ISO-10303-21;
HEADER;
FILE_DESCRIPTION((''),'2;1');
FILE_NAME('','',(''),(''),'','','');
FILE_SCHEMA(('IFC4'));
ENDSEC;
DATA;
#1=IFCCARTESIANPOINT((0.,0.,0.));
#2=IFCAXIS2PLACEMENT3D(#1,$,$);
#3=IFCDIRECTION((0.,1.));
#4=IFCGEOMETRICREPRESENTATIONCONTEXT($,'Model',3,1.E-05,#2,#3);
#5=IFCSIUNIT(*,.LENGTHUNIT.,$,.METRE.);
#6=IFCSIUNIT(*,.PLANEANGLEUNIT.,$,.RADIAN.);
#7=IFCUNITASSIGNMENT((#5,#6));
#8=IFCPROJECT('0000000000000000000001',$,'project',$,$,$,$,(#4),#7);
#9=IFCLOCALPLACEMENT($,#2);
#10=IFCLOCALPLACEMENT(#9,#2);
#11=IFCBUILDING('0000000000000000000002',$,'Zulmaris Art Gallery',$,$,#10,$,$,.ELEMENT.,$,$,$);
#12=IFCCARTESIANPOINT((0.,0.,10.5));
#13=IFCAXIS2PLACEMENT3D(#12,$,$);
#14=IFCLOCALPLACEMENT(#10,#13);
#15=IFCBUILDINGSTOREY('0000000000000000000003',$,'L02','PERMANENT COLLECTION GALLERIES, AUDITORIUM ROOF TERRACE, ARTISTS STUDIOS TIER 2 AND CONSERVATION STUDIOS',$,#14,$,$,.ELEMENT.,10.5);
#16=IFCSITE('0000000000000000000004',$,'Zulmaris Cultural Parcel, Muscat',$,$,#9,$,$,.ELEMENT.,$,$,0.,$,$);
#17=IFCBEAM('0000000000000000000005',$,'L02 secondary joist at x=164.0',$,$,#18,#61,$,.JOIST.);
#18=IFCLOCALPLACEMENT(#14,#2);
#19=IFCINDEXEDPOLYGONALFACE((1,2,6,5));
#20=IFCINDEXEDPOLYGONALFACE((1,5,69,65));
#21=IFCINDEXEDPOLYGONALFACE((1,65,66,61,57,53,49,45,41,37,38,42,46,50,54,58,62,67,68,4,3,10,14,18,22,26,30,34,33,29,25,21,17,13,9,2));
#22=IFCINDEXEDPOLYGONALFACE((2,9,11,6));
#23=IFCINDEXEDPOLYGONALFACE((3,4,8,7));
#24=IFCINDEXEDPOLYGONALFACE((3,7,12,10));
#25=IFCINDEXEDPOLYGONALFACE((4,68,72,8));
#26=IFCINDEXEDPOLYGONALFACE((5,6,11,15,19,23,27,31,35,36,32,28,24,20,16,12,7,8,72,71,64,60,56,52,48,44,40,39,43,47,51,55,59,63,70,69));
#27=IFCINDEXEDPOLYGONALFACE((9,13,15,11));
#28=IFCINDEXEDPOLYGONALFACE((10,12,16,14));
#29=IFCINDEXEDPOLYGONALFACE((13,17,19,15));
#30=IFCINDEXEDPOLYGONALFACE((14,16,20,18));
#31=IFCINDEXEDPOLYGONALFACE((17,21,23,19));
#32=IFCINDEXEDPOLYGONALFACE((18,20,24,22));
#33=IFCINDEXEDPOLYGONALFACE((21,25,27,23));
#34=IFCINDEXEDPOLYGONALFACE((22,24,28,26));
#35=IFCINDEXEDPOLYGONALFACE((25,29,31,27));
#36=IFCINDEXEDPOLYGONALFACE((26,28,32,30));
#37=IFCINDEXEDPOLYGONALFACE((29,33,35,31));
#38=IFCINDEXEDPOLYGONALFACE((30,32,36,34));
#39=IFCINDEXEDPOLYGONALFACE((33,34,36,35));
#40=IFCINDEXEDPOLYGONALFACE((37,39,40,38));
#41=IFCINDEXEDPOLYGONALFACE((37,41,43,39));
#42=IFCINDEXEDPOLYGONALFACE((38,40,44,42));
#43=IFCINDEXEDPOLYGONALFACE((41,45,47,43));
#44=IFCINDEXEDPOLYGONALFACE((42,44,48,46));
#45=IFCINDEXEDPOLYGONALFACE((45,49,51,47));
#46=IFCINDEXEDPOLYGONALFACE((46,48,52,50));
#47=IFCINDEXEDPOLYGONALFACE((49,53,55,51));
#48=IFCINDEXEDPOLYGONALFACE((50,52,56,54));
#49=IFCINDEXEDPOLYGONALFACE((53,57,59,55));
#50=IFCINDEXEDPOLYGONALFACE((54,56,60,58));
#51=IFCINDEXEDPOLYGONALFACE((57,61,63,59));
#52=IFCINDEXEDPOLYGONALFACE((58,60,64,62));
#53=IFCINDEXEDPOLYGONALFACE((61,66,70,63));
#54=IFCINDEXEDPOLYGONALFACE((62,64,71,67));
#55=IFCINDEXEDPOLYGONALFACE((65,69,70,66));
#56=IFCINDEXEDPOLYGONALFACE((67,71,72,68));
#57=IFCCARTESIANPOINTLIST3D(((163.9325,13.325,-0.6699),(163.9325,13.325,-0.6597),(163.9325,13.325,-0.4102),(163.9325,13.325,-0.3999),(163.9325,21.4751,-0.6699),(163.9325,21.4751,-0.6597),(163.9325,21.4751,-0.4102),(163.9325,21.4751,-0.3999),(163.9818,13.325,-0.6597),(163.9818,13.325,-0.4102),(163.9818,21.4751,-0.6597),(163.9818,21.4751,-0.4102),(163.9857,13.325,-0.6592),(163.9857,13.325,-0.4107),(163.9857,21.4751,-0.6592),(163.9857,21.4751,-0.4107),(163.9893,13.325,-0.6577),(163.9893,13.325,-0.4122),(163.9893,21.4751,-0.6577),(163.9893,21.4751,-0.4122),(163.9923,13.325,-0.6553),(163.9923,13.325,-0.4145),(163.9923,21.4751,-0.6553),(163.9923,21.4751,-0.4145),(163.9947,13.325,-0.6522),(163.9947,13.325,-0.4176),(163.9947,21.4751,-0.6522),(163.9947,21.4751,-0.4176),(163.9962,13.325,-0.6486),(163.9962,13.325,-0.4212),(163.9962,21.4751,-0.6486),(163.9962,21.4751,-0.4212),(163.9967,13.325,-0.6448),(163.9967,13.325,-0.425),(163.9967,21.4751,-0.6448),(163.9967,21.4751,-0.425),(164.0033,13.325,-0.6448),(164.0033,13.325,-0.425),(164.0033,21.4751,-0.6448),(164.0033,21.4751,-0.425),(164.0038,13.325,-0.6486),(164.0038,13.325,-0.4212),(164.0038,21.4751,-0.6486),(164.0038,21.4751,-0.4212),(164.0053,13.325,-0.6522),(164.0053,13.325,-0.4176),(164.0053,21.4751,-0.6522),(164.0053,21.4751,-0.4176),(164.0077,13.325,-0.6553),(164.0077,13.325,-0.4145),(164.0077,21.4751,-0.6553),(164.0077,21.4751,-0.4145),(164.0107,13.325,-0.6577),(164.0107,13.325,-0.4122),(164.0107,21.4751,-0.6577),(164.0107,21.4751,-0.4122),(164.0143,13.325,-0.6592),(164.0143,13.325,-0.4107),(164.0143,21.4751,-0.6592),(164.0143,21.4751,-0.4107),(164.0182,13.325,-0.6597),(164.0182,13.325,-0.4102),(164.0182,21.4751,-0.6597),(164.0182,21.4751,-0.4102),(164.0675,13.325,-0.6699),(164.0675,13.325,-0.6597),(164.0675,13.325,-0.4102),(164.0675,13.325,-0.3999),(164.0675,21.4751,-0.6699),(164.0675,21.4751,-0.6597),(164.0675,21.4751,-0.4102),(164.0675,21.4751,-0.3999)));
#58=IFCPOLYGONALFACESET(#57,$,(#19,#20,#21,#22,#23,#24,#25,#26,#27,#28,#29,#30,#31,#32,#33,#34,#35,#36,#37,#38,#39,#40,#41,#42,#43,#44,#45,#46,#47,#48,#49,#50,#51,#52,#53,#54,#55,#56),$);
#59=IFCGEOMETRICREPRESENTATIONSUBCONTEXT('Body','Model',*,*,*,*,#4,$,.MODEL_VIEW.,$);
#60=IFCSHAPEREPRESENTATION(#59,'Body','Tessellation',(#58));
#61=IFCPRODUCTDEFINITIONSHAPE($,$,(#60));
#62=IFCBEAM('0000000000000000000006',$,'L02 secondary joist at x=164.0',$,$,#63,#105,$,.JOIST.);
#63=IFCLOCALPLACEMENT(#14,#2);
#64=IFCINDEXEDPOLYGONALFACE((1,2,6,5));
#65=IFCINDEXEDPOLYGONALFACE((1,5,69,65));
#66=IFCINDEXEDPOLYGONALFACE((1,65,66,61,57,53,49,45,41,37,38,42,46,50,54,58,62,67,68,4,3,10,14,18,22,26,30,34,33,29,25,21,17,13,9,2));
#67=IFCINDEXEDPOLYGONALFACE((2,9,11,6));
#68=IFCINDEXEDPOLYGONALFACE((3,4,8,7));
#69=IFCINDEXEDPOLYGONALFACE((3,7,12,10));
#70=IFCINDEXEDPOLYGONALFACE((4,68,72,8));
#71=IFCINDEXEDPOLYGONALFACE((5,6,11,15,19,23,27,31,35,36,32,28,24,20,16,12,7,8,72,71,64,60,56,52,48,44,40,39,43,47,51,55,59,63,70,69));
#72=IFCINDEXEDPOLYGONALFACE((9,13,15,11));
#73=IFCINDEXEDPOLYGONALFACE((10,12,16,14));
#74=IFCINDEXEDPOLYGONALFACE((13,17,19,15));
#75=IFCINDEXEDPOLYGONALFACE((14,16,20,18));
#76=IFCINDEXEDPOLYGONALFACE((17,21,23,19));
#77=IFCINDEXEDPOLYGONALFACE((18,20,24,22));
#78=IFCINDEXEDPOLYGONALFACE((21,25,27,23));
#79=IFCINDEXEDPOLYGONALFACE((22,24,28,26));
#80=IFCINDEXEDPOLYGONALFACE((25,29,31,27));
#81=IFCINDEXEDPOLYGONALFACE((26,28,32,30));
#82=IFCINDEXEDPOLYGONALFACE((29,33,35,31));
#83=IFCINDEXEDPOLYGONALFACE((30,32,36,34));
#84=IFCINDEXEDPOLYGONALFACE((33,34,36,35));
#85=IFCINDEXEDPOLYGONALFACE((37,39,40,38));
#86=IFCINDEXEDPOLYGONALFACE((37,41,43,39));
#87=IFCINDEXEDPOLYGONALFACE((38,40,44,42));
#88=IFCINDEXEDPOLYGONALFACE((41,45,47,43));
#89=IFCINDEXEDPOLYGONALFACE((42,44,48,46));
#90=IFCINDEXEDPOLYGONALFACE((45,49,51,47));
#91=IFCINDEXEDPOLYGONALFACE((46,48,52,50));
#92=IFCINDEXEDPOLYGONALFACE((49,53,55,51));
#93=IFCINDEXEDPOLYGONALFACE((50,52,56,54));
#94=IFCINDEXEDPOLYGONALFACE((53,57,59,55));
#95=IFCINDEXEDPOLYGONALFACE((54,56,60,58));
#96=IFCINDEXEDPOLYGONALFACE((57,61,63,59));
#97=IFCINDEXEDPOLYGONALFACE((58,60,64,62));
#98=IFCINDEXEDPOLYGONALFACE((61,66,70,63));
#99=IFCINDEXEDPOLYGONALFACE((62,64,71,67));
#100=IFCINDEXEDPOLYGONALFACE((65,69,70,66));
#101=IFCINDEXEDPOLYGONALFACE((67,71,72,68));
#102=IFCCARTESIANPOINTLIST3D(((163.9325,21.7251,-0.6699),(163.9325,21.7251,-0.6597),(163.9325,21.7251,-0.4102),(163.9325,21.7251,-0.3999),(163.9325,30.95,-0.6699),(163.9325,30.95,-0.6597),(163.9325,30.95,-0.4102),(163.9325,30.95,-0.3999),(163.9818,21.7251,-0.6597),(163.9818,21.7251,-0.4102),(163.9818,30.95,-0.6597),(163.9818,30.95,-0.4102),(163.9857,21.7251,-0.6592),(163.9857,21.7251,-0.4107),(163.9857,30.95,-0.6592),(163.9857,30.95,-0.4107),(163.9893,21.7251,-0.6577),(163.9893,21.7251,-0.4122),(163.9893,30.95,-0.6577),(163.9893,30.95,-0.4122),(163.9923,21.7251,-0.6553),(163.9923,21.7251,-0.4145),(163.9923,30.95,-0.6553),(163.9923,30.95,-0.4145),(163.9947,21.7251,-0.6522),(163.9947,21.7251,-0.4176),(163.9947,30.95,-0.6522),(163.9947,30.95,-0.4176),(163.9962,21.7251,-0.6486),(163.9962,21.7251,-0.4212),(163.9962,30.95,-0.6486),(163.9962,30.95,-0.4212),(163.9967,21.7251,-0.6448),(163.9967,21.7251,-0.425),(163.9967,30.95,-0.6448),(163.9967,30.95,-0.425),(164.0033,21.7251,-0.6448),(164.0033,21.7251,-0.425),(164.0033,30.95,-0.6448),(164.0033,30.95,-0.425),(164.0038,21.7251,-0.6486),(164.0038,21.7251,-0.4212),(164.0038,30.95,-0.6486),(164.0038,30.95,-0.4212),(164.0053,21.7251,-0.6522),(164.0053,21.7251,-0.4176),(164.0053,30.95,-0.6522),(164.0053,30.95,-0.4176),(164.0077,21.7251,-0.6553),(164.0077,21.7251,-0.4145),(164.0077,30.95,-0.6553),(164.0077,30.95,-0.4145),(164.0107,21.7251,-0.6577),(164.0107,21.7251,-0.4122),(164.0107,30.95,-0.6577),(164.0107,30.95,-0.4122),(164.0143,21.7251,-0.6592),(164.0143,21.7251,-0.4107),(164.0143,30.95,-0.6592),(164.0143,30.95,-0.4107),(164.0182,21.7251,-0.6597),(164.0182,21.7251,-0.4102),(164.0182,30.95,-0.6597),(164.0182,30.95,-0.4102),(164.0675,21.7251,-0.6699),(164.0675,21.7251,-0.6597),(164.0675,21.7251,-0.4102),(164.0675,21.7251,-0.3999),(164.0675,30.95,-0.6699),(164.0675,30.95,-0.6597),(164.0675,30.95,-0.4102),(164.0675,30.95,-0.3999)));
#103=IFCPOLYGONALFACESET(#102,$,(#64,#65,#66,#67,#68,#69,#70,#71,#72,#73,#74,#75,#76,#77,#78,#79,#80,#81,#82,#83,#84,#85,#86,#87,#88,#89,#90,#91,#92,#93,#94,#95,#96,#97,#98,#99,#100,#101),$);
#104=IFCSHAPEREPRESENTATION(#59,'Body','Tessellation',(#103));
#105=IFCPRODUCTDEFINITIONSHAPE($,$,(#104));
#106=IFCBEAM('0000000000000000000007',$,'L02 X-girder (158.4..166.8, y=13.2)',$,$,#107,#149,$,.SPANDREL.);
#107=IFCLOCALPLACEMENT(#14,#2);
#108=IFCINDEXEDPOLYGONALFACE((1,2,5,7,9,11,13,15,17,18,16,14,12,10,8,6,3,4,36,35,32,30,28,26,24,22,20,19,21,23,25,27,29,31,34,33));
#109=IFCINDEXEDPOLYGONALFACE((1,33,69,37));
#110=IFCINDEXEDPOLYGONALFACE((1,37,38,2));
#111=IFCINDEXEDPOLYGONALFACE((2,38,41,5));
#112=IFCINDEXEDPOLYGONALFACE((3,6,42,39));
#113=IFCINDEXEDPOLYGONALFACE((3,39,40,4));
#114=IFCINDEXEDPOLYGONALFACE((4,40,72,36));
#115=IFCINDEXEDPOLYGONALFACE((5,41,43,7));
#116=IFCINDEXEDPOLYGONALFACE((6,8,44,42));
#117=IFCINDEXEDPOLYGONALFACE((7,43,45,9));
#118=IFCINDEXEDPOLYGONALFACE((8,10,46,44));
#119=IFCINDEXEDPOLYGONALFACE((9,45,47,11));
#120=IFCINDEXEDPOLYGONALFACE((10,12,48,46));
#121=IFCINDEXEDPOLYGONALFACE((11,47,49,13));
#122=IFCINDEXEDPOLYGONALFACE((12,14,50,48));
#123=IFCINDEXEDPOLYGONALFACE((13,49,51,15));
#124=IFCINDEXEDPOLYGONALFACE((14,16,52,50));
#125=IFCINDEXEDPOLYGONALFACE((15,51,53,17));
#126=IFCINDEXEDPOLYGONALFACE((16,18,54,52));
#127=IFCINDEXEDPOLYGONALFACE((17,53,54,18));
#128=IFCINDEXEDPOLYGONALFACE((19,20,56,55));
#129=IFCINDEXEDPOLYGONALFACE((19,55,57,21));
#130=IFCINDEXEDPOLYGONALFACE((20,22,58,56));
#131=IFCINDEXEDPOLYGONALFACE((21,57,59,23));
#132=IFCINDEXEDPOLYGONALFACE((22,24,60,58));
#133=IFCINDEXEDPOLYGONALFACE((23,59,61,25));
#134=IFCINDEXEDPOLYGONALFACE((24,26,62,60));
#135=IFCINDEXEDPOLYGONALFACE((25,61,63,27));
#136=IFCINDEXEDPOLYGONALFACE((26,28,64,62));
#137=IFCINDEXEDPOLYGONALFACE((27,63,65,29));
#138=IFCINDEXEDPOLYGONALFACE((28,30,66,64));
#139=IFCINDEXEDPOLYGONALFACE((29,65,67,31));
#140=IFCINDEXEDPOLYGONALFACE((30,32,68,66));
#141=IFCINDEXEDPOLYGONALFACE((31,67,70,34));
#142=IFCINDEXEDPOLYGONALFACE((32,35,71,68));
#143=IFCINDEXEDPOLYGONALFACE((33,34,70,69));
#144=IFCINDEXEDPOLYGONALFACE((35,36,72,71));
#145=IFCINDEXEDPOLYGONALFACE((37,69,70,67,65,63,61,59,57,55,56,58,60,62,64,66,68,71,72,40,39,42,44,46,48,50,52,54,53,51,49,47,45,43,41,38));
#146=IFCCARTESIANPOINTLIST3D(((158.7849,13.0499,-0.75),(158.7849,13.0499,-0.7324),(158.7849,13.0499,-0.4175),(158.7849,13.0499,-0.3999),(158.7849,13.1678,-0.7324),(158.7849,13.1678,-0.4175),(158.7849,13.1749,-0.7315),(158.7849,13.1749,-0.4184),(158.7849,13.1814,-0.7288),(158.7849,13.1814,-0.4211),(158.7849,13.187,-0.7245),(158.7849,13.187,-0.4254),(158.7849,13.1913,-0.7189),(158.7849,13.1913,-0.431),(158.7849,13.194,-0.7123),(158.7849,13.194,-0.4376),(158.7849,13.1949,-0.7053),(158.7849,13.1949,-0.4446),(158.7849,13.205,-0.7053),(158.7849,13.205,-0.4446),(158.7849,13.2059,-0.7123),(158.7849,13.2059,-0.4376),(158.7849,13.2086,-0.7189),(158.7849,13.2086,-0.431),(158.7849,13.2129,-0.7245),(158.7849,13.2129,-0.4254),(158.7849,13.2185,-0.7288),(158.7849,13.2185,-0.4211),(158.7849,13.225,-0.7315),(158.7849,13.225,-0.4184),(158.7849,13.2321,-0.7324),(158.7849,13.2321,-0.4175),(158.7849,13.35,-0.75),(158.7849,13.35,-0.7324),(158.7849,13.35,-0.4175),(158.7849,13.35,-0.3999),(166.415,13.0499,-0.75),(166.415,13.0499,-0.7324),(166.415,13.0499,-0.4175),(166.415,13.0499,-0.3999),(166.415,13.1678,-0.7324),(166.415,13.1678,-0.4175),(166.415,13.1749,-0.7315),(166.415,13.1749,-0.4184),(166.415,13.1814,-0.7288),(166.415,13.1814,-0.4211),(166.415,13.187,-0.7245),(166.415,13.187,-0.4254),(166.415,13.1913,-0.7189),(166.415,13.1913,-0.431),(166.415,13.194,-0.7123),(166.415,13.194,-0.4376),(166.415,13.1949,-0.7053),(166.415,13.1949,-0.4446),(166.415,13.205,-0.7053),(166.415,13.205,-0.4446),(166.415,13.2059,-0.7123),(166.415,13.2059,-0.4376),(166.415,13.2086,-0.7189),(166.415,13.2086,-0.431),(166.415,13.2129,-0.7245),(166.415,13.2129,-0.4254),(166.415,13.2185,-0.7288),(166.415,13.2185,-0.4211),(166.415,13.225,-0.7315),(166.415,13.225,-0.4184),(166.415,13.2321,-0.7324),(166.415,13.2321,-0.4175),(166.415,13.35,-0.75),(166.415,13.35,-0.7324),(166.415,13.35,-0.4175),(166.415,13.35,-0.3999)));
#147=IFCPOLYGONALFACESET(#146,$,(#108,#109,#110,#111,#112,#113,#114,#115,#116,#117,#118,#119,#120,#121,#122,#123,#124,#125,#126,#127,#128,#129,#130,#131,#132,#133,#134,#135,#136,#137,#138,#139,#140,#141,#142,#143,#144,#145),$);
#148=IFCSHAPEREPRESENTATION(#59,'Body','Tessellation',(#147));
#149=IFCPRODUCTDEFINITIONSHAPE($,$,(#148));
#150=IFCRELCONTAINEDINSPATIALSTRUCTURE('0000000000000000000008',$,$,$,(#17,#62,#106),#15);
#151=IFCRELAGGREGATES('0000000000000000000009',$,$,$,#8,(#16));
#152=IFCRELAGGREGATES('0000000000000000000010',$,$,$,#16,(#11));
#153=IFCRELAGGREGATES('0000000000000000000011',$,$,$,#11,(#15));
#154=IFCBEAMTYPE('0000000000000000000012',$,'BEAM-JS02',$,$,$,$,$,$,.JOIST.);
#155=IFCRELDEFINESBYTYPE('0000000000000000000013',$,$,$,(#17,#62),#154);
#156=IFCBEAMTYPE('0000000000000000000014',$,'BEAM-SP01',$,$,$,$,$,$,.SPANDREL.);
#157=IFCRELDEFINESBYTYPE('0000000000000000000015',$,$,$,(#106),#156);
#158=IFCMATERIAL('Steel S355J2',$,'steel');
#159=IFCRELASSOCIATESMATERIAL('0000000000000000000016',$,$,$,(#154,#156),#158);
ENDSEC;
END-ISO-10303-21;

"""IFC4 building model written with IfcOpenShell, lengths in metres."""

from ifc_helpers import new_model, si_unit, direction, frame, origin, origin_2d, place, context, subcontext, project, spatial, i_section, extrude, material, material_profile, profile_set, type_object, element, save


model = new_model("IFC4")

# Units and contexts
model_context = context("Model", 3, precision=1e-05, world=origin(), true_north=direction((0.0, 1.0)))
body_context = subcontext(model_context, "Body", "Model", "MODEL_VIEW")
ifc_project = project(units=[si_unit("LENGTHUNIT", "METRE"), si_unit("PLANEANGLEUNIT", "RADIAN")], contexts=[model_context])

# Site, building, storey
site_placement = place(None, origin())
site = spatial("IfcSite", under=ifc_project, at=site_placement, Name="Zulmaris Cultural Parcel, Muscat", CompositionType="ELEMENT", RefElevation=0.0)
building_placement = place(site_placement, origin())
building = spatial("IfcBuilding", under=site, at=building_placement, Name="Zulmaris Art Gallery", CompositionType="ELEMENT")
storey_placement = place(building_placement, frame((0.0, 0.0, 10.5)))
storey = spatial("IfcBuildingStorey", under=building, at=storey_placement, Name="L02", Description="PERMANENT COLLECTION GALLERIES, AUDITORIUM ROOF TERRACE, ARTISTS STUDIOS TIER 2 AND CONSERVATION STUDIOS", CompositionType="ELEMENT", Elevation=10.5)

# Beams
ifc_material_1 = material(Name="Steel S355J2", Category="steel")
ifc_material_profile_1 = material_profile(ifc_material_1, i_section(OverallWidth=0.135, OverallDepth=0.27, WebThickness=0.0066, FlangeThickness=0.0103, FilletRadius=0.0149, at=origin_2d()), Name="IPE 270")
ifc_profile_set_1 = profile_set([ifc_material_profile_1], Name="Steel S355J2")
beam_type_1 = type_object("IfcBeamType", Name="BEAM-JS02", PredefinedType="JOIST", material=ifc_profile_set_1)
beam_1_placement = place(storey_placement, frame((164.0, 13.325, -0.5349), z_axis=(0.0, 1.0, 0.0), x_axis=(-1.0, 0.0, 0.0)))
element("IfcBeam", 1, at=beam_1_placement, inside=storey, type_object=beam_type_1, Name="L02 secondary joist at x=164.0", PredefinedType="JOIST", context=body_context, shape_type="SweptSolid", body=[
    extrude(i_section(OverallWidth=0.135, OverallDepth=0.27, WebThickness=0.0066, FlangeThickness=0.0103, FilletRadius=0.0149, at=origin_2d()), origin(), (0.0, 0.0, 1.0), 8.1501),
])
beam_2_placement = place(storey_placement, frame((164.0, 21.7251, -0.5349), z_axis=(0.0, 1.0, 0.0), x_axis=(-1.0, 0.0, 0.0)))
element("IfcBeam", 2, at=beam_2_placement, inside=storey, type_object=beam_type_1, Name="L02 secondary joist at x=164.0", PredefinedType="JOIST", context=body_context, shape_type="SweptSolid", body=[
    extrude(i_section(OverallWidth=0.135, OverallDepth=0.27, WebThickness=0.0066, FlangeThickness=0.0103, FilletRadius=0.0149, at=origin_2d()), origin(), (0.0, 0.0, 1.0), 9.2249),
])
ifc_material_profile_2 = material_profile(ifc_material_1, i_section(OverallWidth=0.3, OverallDepth=0.3501, WebThickness=0.01, FlangeThickness=0.0176, FilletRadius=0.0271, at=origin_2d()), Name="HEA 360")
ifc_profile_set_2 = profile_set([ifc_material_profile_2], Name="Steel S355J2")
beam_type_2 = type_object("IfcBeamType", Name="BEAM-SP01", PredefinedType="SPANDREL", material=ifc_profile_set_2)
beam_3_placement = place(storey_placement, frame((158.7849, 13.2, -0.575), z_axis=(1.0, 0.0, 0.0), x_axis=(0.0, 1.0, 0.0)))
element("IfcBeam", 3, at=beam_3_placement, inside=storey, type_object=beam_type_2, Name="L02 X-girder (158.4..166.8, y=13.2)", PredefinedType="SPANDREL", context=body_context, shape_type="SweptSolid", body=[
    extrude(i_section(OverallWidth=0.3, OverallDepth=0.3501, WebThickness=0.01, FlangeThickness=0.0176, FilletRadius=0.0271, at=origin_2d()), origin(), (0.0, 0.0, 1.0), 7.6301),
])

save(model, "model.ifc")
